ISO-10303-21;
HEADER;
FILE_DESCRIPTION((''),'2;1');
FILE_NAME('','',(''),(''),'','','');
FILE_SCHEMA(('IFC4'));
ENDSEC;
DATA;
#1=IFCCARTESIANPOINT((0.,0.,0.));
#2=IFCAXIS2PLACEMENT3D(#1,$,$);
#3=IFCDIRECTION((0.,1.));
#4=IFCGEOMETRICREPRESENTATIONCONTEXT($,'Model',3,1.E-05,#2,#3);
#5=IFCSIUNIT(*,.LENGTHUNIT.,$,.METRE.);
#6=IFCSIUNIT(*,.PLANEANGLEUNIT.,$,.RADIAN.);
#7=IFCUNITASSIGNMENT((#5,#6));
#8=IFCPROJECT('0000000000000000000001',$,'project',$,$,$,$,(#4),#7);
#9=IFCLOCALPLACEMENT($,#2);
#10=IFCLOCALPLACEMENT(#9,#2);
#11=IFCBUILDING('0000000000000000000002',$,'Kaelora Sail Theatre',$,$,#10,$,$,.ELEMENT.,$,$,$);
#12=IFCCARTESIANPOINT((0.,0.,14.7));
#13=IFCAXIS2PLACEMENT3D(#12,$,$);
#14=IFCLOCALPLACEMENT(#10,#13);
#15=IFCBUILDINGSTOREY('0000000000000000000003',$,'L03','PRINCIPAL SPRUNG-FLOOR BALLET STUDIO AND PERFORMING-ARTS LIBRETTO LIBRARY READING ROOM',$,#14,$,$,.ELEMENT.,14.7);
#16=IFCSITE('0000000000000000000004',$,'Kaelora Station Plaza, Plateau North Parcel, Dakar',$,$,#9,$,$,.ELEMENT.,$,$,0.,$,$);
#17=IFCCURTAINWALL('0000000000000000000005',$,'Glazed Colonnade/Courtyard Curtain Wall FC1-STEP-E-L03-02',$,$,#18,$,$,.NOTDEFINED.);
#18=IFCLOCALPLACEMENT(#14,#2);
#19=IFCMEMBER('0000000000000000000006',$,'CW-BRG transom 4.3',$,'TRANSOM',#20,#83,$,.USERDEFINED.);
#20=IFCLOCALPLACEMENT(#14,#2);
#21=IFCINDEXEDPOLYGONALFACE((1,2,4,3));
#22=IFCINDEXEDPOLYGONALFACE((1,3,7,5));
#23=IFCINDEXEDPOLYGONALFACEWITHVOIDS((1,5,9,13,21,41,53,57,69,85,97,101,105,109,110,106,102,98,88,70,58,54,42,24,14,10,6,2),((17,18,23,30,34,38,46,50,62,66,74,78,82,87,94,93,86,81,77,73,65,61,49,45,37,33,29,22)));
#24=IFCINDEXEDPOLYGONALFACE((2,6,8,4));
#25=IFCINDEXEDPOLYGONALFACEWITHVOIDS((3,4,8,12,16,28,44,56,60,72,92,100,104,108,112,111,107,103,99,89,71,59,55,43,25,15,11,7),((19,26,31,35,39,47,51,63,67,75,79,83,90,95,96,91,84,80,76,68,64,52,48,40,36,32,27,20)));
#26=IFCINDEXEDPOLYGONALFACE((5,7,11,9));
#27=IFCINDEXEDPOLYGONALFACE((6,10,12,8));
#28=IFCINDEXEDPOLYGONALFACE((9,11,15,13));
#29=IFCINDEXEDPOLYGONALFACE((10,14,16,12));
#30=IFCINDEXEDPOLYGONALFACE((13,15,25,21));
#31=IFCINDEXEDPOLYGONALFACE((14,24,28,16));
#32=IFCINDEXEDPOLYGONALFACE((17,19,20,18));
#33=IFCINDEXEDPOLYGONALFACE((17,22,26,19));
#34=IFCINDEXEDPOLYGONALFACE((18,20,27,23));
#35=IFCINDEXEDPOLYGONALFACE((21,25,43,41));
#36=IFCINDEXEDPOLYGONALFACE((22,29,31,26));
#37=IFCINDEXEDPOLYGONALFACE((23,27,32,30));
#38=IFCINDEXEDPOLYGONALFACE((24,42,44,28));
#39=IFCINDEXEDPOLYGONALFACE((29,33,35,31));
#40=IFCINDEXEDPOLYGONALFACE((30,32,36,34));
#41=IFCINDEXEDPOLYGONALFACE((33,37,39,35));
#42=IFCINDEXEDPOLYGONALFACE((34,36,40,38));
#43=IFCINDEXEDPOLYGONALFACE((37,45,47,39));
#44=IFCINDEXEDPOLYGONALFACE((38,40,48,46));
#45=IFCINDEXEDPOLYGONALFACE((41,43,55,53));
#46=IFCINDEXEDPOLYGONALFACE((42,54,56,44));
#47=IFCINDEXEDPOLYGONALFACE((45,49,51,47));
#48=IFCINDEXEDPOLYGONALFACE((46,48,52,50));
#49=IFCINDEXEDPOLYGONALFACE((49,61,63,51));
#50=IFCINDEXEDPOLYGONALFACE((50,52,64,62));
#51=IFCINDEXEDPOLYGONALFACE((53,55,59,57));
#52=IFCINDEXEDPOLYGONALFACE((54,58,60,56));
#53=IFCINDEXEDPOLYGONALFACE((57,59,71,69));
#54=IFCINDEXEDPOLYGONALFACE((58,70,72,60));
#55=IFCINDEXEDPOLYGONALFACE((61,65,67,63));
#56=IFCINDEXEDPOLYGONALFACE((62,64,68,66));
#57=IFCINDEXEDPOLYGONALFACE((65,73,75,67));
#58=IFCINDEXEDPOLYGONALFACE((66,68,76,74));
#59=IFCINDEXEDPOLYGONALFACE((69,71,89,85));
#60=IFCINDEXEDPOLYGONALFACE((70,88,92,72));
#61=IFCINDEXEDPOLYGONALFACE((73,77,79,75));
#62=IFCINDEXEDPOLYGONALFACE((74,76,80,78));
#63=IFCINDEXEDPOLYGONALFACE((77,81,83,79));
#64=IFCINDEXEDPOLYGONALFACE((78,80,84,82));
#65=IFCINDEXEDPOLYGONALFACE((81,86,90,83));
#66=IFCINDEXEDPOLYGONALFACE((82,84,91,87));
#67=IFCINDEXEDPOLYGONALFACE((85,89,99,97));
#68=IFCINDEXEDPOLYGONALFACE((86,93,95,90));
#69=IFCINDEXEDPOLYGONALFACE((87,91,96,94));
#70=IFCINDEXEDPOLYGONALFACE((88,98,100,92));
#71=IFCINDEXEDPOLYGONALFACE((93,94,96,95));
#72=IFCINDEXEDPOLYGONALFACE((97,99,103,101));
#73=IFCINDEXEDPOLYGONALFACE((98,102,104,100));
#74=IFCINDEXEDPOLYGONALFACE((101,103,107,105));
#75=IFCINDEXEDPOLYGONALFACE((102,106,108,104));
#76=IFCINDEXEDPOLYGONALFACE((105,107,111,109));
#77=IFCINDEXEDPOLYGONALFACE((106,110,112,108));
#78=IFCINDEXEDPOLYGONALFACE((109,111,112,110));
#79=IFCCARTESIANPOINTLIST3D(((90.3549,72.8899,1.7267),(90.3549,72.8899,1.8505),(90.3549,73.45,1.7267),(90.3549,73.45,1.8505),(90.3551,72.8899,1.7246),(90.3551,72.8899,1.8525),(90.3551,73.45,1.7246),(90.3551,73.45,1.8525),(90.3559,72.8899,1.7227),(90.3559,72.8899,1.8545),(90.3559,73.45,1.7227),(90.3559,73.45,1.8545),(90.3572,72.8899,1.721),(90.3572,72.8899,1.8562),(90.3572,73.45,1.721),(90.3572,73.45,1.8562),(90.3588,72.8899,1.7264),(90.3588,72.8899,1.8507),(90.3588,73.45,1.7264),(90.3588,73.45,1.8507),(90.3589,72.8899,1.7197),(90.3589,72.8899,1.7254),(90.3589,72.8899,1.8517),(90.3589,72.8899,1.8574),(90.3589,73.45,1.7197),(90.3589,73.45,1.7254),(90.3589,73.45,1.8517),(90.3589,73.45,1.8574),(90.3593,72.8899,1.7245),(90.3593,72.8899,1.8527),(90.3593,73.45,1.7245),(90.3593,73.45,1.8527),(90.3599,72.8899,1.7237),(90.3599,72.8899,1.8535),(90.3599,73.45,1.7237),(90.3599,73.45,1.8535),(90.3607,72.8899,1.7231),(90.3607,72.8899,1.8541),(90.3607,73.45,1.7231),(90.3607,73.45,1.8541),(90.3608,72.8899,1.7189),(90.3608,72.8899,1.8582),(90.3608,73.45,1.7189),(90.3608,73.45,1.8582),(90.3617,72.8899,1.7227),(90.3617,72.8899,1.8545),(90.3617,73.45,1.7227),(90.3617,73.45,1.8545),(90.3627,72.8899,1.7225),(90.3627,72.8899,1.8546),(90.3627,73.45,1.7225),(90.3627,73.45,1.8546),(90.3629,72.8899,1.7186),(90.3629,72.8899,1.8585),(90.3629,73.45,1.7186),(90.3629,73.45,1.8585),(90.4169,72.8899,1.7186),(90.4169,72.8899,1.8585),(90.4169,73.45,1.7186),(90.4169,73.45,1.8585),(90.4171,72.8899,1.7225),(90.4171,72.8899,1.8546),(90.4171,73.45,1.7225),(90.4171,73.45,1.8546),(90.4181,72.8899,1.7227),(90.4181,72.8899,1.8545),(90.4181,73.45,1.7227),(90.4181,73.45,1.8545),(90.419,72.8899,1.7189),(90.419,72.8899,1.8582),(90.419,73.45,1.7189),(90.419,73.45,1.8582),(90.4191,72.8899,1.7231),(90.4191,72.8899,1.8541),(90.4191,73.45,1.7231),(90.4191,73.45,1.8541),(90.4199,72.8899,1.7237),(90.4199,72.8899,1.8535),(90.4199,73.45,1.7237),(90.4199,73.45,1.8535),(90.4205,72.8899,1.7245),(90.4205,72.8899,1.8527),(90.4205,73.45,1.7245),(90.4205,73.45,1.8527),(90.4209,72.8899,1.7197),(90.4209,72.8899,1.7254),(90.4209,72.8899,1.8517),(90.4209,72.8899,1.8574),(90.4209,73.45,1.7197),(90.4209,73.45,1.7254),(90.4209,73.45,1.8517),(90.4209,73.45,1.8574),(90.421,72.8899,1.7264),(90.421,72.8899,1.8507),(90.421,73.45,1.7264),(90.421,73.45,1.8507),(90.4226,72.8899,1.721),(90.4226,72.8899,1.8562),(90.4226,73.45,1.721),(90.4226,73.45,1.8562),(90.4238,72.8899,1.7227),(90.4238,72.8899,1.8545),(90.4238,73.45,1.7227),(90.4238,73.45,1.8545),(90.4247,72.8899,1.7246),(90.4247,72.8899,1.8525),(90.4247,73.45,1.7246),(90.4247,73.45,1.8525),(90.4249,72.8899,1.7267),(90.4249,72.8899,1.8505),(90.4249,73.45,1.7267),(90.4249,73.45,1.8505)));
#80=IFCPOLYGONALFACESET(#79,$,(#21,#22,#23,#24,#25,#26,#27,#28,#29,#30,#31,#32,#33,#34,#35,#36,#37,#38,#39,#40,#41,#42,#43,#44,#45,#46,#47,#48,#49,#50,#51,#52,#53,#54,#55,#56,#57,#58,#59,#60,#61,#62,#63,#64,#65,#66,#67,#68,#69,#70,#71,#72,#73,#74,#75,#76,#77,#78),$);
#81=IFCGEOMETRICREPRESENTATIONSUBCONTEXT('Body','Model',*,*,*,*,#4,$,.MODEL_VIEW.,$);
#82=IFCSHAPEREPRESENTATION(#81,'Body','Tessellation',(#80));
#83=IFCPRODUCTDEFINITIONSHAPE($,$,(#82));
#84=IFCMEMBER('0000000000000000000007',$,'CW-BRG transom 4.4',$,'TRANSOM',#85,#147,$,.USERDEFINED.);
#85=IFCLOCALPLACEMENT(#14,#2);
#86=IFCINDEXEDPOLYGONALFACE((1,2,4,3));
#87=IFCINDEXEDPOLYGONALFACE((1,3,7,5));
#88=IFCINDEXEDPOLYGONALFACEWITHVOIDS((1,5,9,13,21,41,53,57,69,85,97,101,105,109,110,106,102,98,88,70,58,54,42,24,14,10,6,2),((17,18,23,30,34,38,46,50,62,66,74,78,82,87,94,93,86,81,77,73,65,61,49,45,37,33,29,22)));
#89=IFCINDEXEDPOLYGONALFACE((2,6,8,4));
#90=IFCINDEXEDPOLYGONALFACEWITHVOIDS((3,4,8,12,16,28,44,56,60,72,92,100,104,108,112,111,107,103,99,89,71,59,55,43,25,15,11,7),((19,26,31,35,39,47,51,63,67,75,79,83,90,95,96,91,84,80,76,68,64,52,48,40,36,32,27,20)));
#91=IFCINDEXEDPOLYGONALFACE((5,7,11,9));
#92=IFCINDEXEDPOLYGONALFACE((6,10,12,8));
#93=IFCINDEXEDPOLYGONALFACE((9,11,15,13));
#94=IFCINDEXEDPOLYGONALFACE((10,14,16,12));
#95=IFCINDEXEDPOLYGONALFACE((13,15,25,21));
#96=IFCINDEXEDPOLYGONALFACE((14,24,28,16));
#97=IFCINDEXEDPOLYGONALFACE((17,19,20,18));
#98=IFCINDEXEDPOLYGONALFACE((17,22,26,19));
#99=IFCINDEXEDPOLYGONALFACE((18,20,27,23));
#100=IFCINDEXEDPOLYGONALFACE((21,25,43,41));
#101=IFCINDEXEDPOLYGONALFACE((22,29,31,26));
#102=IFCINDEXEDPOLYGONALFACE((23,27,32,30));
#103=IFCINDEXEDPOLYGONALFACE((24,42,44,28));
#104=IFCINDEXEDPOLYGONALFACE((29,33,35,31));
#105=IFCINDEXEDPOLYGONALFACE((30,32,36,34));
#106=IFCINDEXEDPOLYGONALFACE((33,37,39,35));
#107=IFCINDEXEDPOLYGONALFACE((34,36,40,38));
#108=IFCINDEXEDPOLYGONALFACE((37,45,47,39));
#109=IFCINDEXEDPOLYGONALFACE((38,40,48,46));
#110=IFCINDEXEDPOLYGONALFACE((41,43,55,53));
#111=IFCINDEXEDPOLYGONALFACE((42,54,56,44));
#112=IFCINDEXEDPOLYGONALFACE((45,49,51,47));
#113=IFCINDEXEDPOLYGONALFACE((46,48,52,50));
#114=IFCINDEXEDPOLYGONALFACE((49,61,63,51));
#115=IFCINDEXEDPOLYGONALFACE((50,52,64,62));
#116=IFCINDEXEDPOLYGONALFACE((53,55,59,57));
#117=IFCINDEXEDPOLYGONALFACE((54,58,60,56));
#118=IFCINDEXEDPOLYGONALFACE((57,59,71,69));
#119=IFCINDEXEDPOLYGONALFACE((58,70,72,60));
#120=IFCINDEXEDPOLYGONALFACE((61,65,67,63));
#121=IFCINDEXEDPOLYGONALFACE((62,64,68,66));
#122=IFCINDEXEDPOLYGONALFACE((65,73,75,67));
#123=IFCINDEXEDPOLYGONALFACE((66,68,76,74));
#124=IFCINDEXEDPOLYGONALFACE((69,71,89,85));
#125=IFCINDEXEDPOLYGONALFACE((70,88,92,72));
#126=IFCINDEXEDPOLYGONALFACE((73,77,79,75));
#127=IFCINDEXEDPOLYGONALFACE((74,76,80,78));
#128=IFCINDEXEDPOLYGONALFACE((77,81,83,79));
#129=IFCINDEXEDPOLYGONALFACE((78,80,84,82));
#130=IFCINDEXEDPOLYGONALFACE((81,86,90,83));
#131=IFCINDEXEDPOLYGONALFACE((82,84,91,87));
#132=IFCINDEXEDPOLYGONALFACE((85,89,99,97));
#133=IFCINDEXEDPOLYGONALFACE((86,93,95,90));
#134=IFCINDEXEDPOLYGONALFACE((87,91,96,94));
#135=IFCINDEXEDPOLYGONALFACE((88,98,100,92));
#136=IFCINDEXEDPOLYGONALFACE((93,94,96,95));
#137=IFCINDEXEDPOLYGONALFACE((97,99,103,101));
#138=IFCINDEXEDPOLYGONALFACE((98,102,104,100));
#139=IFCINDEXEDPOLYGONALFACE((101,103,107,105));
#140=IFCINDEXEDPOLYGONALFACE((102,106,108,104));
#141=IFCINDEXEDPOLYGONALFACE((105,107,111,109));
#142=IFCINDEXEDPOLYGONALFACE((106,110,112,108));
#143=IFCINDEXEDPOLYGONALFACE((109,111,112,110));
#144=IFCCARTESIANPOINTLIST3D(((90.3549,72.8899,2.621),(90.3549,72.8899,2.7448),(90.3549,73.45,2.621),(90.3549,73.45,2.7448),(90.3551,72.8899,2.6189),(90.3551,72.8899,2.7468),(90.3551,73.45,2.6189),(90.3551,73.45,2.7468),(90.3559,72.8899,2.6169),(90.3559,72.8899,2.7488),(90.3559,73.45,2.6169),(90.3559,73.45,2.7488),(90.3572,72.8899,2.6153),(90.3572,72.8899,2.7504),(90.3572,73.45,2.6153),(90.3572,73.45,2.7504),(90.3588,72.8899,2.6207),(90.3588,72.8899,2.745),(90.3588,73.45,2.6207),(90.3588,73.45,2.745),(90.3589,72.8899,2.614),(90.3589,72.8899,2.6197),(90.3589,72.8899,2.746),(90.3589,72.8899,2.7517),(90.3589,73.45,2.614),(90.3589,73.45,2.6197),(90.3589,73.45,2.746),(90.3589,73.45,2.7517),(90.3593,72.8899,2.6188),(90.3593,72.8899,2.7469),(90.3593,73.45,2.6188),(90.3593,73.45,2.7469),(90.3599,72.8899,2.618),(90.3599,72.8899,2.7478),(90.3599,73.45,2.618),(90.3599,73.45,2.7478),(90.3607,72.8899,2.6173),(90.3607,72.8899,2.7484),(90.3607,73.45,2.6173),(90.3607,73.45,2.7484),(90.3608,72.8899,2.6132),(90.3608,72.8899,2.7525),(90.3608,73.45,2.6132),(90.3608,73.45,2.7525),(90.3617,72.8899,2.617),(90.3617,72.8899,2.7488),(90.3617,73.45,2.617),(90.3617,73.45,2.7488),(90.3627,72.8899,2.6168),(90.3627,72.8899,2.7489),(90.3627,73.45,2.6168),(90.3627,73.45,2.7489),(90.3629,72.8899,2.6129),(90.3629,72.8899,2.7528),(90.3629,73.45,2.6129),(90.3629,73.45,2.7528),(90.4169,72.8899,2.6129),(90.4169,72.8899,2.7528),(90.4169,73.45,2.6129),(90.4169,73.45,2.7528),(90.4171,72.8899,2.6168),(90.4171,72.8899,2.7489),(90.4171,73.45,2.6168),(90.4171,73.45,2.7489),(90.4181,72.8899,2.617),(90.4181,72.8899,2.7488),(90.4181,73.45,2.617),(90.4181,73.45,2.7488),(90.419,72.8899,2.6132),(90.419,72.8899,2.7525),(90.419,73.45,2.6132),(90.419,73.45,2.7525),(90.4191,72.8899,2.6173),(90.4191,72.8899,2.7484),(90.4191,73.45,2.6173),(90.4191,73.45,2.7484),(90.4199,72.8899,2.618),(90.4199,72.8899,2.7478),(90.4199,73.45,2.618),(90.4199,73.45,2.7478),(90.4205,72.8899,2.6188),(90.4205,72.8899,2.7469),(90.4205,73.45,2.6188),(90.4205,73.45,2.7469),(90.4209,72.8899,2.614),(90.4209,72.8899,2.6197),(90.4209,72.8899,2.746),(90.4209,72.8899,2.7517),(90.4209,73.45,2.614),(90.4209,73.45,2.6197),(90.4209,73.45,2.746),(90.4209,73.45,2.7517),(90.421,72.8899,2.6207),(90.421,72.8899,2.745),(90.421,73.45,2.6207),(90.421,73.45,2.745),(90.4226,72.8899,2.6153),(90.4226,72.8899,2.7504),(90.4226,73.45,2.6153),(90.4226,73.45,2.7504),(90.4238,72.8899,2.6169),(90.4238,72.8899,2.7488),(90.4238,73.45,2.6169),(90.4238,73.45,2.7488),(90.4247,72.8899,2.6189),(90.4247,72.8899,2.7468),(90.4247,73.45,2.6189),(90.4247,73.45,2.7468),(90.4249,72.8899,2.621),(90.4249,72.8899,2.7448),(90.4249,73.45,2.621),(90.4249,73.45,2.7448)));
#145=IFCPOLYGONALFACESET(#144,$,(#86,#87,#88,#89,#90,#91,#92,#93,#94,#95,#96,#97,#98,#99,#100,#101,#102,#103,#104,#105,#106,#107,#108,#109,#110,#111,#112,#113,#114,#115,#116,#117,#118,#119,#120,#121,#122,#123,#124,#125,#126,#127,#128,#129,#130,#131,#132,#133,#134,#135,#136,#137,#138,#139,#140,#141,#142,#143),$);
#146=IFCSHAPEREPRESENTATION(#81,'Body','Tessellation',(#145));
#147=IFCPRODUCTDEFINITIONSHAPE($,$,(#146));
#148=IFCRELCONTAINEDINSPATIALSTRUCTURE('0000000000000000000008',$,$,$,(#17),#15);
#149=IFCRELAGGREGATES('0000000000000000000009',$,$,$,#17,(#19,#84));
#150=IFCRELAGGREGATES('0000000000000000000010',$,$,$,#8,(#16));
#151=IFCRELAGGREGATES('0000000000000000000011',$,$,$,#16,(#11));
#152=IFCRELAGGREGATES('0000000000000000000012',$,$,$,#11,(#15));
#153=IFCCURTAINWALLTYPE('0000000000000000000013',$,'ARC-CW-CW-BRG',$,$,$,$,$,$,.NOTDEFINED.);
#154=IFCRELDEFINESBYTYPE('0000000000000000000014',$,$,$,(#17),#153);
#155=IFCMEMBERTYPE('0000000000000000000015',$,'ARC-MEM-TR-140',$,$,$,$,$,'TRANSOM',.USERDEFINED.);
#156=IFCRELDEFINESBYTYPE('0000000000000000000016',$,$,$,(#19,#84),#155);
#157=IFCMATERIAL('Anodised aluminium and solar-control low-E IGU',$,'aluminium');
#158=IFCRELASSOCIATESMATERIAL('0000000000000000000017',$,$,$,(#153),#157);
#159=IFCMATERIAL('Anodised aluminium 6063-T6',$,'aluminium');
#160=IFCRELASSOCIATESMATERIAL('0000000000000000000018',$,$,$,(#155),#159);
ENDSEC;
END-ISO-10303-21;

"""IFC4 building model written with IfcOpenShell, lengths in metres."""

from ifc_helpers import new_model, si_unit, direction, frame, origin, origin_2d, place, context, subcontext, project, spatial, hollow_rectangle, extrude, material, material_profile, profile_set, type_object, element, aggregate, save


model = new_model("IFC4")

# Units and contexts
model_context = context("Model", 3, precision=1e-05, world=origin(), true_north=direction((0.0, 1.0)))
body_context = subcontext(model_context, "Body", "Model", "MODEL_VIEW")
ifc_project = project(units=[si_unit("LENGTHUNIT", "METRE"), si_unit("PLANEANGLEUNIT", "RADIAN")], contexts=[model_context])

# Site, building, storey
site_placement = place(None, origin())
site = spatial("IfcSite", under=ifc_project, at=site_placement, Name="Kaelora Station Plaza, Plateau North Parcel, Dakar", CompositionType="ELEMENT", RefElevation=0.0)
building_placement = place(site_placement, origin())
building = spatial("IfcBuilding", under=site, at=building_placement, Name="Kaelora Sail Theatre", CompositionType="ELEMENT")
storey_placement = place(building_placement, frame((0.0, 0.0, 14.7)))
storey = spatial("IfcBuildingStorey", under=building, at=storey_placement, Name="L03", Description="PRINCIPAL SPRUNG-FLOOR BALLET STUDIO AND PERFORMING-ARTS LIBRETTO LIBRARY READING ROOM", CompositionType="ELEMENT", Elevation=14.7)

# Curtain wall, members
ifc_material_1 = material(Name="Anodised aluminium and solar-control low-E IGU", Category="aluminium")
curtain_wall_type = type_object("IfcCurtainWallType", Name="ARC-CW-CW-BRG", PredefinedType="NOTDEFINED", material=ifc_material_1)
curtain_wall_placement = place(storey_placement, origin())
curtain_wall = element("IfcCurtainWall", 1, at=curtain_wall_placement, inside=storey, type_object=curtain_wall_type, Name="Glazed Colonnade/Courtyard Curtain Wall FC1-STEP-E-L03-02", PredefinedType="NOTDEFINED")
ifc_material_2 = material(Name="Anodised aluminium 6063-T6", Category="aluminium")
ifc_material_profile_1 = material_profile(ifc_material_2, hollow_rectangle(XDim=0.0701, YDim=0.1399, WallThickness=0.0039, InnerFilletRadius=0.0039, OuterFilletRadius=0.0081, at=origin_2d()), Name="ALU-TRAN 70x140x4")
ifc_profile_set_1 = profile_set([ifc_material_profile_1], Name="Anodised aluminium 6063-T6")
member_type_1 = type_object("IfcMemberType", Name="ARC-MEM-TR-140", ElementType="TRANSOM", PredefinedType="USERDEFINED", material=ifc_profile_set_1)
member_1_placement = place(storey_placement, frame((90.3899, 72.8899, 1.7886), z_axis=(0.0, 1.0, 0.0), x_axis=(-1.0, 0.0, 0.0)))
member_1 = element("IfcMember", 2, at=member_1_placement, type_object=member_type_1, Name="CW-BRG transom 4.3", ObjectType="TRANSOM", PredefinedType="USERDEFINED", context=body_context, shape_type="SweptSolid", body=[
    extrude(hollow_rectangle(XDim=0.0701, YDim=0.1399, WallThickness=0.0039, InnerFilletRadius=0.0039, OuterFilletRadius=0.0081, at=origin_2d()), origin(), (0.0, 0.0, 1.0), 0.5601),
])
member_2_placement = place(storey_placement, frame((90.3899, 72.8899, 2.6829), z_axis=(0.0, 1.0, 0.0), x_axis=(-1.0, 0.0, 0.0)))
member_2 = element("IfcMember", 3, at=member_2_placement, type_object=member_type_1, Name="CW-BRG transom 4.4", ObjectType="TRANSOM", PredefinedType="USERDEFINED", context=body_context, shape_type="SweptSolid", body=[
    extrude(hollow_rectangle(XDim=0.0701, YDim=0.1399, WallThickness=0.0039, InnerFilletRadius=0.0039, OuterFilletRadius=0.0081, at=origin_2d()), origin(), (0.0, 0.0, 1.0), 0.5601),
])
aggregate(curtain_wall, [member_1, member_2])

save(model, "model.ifc")
